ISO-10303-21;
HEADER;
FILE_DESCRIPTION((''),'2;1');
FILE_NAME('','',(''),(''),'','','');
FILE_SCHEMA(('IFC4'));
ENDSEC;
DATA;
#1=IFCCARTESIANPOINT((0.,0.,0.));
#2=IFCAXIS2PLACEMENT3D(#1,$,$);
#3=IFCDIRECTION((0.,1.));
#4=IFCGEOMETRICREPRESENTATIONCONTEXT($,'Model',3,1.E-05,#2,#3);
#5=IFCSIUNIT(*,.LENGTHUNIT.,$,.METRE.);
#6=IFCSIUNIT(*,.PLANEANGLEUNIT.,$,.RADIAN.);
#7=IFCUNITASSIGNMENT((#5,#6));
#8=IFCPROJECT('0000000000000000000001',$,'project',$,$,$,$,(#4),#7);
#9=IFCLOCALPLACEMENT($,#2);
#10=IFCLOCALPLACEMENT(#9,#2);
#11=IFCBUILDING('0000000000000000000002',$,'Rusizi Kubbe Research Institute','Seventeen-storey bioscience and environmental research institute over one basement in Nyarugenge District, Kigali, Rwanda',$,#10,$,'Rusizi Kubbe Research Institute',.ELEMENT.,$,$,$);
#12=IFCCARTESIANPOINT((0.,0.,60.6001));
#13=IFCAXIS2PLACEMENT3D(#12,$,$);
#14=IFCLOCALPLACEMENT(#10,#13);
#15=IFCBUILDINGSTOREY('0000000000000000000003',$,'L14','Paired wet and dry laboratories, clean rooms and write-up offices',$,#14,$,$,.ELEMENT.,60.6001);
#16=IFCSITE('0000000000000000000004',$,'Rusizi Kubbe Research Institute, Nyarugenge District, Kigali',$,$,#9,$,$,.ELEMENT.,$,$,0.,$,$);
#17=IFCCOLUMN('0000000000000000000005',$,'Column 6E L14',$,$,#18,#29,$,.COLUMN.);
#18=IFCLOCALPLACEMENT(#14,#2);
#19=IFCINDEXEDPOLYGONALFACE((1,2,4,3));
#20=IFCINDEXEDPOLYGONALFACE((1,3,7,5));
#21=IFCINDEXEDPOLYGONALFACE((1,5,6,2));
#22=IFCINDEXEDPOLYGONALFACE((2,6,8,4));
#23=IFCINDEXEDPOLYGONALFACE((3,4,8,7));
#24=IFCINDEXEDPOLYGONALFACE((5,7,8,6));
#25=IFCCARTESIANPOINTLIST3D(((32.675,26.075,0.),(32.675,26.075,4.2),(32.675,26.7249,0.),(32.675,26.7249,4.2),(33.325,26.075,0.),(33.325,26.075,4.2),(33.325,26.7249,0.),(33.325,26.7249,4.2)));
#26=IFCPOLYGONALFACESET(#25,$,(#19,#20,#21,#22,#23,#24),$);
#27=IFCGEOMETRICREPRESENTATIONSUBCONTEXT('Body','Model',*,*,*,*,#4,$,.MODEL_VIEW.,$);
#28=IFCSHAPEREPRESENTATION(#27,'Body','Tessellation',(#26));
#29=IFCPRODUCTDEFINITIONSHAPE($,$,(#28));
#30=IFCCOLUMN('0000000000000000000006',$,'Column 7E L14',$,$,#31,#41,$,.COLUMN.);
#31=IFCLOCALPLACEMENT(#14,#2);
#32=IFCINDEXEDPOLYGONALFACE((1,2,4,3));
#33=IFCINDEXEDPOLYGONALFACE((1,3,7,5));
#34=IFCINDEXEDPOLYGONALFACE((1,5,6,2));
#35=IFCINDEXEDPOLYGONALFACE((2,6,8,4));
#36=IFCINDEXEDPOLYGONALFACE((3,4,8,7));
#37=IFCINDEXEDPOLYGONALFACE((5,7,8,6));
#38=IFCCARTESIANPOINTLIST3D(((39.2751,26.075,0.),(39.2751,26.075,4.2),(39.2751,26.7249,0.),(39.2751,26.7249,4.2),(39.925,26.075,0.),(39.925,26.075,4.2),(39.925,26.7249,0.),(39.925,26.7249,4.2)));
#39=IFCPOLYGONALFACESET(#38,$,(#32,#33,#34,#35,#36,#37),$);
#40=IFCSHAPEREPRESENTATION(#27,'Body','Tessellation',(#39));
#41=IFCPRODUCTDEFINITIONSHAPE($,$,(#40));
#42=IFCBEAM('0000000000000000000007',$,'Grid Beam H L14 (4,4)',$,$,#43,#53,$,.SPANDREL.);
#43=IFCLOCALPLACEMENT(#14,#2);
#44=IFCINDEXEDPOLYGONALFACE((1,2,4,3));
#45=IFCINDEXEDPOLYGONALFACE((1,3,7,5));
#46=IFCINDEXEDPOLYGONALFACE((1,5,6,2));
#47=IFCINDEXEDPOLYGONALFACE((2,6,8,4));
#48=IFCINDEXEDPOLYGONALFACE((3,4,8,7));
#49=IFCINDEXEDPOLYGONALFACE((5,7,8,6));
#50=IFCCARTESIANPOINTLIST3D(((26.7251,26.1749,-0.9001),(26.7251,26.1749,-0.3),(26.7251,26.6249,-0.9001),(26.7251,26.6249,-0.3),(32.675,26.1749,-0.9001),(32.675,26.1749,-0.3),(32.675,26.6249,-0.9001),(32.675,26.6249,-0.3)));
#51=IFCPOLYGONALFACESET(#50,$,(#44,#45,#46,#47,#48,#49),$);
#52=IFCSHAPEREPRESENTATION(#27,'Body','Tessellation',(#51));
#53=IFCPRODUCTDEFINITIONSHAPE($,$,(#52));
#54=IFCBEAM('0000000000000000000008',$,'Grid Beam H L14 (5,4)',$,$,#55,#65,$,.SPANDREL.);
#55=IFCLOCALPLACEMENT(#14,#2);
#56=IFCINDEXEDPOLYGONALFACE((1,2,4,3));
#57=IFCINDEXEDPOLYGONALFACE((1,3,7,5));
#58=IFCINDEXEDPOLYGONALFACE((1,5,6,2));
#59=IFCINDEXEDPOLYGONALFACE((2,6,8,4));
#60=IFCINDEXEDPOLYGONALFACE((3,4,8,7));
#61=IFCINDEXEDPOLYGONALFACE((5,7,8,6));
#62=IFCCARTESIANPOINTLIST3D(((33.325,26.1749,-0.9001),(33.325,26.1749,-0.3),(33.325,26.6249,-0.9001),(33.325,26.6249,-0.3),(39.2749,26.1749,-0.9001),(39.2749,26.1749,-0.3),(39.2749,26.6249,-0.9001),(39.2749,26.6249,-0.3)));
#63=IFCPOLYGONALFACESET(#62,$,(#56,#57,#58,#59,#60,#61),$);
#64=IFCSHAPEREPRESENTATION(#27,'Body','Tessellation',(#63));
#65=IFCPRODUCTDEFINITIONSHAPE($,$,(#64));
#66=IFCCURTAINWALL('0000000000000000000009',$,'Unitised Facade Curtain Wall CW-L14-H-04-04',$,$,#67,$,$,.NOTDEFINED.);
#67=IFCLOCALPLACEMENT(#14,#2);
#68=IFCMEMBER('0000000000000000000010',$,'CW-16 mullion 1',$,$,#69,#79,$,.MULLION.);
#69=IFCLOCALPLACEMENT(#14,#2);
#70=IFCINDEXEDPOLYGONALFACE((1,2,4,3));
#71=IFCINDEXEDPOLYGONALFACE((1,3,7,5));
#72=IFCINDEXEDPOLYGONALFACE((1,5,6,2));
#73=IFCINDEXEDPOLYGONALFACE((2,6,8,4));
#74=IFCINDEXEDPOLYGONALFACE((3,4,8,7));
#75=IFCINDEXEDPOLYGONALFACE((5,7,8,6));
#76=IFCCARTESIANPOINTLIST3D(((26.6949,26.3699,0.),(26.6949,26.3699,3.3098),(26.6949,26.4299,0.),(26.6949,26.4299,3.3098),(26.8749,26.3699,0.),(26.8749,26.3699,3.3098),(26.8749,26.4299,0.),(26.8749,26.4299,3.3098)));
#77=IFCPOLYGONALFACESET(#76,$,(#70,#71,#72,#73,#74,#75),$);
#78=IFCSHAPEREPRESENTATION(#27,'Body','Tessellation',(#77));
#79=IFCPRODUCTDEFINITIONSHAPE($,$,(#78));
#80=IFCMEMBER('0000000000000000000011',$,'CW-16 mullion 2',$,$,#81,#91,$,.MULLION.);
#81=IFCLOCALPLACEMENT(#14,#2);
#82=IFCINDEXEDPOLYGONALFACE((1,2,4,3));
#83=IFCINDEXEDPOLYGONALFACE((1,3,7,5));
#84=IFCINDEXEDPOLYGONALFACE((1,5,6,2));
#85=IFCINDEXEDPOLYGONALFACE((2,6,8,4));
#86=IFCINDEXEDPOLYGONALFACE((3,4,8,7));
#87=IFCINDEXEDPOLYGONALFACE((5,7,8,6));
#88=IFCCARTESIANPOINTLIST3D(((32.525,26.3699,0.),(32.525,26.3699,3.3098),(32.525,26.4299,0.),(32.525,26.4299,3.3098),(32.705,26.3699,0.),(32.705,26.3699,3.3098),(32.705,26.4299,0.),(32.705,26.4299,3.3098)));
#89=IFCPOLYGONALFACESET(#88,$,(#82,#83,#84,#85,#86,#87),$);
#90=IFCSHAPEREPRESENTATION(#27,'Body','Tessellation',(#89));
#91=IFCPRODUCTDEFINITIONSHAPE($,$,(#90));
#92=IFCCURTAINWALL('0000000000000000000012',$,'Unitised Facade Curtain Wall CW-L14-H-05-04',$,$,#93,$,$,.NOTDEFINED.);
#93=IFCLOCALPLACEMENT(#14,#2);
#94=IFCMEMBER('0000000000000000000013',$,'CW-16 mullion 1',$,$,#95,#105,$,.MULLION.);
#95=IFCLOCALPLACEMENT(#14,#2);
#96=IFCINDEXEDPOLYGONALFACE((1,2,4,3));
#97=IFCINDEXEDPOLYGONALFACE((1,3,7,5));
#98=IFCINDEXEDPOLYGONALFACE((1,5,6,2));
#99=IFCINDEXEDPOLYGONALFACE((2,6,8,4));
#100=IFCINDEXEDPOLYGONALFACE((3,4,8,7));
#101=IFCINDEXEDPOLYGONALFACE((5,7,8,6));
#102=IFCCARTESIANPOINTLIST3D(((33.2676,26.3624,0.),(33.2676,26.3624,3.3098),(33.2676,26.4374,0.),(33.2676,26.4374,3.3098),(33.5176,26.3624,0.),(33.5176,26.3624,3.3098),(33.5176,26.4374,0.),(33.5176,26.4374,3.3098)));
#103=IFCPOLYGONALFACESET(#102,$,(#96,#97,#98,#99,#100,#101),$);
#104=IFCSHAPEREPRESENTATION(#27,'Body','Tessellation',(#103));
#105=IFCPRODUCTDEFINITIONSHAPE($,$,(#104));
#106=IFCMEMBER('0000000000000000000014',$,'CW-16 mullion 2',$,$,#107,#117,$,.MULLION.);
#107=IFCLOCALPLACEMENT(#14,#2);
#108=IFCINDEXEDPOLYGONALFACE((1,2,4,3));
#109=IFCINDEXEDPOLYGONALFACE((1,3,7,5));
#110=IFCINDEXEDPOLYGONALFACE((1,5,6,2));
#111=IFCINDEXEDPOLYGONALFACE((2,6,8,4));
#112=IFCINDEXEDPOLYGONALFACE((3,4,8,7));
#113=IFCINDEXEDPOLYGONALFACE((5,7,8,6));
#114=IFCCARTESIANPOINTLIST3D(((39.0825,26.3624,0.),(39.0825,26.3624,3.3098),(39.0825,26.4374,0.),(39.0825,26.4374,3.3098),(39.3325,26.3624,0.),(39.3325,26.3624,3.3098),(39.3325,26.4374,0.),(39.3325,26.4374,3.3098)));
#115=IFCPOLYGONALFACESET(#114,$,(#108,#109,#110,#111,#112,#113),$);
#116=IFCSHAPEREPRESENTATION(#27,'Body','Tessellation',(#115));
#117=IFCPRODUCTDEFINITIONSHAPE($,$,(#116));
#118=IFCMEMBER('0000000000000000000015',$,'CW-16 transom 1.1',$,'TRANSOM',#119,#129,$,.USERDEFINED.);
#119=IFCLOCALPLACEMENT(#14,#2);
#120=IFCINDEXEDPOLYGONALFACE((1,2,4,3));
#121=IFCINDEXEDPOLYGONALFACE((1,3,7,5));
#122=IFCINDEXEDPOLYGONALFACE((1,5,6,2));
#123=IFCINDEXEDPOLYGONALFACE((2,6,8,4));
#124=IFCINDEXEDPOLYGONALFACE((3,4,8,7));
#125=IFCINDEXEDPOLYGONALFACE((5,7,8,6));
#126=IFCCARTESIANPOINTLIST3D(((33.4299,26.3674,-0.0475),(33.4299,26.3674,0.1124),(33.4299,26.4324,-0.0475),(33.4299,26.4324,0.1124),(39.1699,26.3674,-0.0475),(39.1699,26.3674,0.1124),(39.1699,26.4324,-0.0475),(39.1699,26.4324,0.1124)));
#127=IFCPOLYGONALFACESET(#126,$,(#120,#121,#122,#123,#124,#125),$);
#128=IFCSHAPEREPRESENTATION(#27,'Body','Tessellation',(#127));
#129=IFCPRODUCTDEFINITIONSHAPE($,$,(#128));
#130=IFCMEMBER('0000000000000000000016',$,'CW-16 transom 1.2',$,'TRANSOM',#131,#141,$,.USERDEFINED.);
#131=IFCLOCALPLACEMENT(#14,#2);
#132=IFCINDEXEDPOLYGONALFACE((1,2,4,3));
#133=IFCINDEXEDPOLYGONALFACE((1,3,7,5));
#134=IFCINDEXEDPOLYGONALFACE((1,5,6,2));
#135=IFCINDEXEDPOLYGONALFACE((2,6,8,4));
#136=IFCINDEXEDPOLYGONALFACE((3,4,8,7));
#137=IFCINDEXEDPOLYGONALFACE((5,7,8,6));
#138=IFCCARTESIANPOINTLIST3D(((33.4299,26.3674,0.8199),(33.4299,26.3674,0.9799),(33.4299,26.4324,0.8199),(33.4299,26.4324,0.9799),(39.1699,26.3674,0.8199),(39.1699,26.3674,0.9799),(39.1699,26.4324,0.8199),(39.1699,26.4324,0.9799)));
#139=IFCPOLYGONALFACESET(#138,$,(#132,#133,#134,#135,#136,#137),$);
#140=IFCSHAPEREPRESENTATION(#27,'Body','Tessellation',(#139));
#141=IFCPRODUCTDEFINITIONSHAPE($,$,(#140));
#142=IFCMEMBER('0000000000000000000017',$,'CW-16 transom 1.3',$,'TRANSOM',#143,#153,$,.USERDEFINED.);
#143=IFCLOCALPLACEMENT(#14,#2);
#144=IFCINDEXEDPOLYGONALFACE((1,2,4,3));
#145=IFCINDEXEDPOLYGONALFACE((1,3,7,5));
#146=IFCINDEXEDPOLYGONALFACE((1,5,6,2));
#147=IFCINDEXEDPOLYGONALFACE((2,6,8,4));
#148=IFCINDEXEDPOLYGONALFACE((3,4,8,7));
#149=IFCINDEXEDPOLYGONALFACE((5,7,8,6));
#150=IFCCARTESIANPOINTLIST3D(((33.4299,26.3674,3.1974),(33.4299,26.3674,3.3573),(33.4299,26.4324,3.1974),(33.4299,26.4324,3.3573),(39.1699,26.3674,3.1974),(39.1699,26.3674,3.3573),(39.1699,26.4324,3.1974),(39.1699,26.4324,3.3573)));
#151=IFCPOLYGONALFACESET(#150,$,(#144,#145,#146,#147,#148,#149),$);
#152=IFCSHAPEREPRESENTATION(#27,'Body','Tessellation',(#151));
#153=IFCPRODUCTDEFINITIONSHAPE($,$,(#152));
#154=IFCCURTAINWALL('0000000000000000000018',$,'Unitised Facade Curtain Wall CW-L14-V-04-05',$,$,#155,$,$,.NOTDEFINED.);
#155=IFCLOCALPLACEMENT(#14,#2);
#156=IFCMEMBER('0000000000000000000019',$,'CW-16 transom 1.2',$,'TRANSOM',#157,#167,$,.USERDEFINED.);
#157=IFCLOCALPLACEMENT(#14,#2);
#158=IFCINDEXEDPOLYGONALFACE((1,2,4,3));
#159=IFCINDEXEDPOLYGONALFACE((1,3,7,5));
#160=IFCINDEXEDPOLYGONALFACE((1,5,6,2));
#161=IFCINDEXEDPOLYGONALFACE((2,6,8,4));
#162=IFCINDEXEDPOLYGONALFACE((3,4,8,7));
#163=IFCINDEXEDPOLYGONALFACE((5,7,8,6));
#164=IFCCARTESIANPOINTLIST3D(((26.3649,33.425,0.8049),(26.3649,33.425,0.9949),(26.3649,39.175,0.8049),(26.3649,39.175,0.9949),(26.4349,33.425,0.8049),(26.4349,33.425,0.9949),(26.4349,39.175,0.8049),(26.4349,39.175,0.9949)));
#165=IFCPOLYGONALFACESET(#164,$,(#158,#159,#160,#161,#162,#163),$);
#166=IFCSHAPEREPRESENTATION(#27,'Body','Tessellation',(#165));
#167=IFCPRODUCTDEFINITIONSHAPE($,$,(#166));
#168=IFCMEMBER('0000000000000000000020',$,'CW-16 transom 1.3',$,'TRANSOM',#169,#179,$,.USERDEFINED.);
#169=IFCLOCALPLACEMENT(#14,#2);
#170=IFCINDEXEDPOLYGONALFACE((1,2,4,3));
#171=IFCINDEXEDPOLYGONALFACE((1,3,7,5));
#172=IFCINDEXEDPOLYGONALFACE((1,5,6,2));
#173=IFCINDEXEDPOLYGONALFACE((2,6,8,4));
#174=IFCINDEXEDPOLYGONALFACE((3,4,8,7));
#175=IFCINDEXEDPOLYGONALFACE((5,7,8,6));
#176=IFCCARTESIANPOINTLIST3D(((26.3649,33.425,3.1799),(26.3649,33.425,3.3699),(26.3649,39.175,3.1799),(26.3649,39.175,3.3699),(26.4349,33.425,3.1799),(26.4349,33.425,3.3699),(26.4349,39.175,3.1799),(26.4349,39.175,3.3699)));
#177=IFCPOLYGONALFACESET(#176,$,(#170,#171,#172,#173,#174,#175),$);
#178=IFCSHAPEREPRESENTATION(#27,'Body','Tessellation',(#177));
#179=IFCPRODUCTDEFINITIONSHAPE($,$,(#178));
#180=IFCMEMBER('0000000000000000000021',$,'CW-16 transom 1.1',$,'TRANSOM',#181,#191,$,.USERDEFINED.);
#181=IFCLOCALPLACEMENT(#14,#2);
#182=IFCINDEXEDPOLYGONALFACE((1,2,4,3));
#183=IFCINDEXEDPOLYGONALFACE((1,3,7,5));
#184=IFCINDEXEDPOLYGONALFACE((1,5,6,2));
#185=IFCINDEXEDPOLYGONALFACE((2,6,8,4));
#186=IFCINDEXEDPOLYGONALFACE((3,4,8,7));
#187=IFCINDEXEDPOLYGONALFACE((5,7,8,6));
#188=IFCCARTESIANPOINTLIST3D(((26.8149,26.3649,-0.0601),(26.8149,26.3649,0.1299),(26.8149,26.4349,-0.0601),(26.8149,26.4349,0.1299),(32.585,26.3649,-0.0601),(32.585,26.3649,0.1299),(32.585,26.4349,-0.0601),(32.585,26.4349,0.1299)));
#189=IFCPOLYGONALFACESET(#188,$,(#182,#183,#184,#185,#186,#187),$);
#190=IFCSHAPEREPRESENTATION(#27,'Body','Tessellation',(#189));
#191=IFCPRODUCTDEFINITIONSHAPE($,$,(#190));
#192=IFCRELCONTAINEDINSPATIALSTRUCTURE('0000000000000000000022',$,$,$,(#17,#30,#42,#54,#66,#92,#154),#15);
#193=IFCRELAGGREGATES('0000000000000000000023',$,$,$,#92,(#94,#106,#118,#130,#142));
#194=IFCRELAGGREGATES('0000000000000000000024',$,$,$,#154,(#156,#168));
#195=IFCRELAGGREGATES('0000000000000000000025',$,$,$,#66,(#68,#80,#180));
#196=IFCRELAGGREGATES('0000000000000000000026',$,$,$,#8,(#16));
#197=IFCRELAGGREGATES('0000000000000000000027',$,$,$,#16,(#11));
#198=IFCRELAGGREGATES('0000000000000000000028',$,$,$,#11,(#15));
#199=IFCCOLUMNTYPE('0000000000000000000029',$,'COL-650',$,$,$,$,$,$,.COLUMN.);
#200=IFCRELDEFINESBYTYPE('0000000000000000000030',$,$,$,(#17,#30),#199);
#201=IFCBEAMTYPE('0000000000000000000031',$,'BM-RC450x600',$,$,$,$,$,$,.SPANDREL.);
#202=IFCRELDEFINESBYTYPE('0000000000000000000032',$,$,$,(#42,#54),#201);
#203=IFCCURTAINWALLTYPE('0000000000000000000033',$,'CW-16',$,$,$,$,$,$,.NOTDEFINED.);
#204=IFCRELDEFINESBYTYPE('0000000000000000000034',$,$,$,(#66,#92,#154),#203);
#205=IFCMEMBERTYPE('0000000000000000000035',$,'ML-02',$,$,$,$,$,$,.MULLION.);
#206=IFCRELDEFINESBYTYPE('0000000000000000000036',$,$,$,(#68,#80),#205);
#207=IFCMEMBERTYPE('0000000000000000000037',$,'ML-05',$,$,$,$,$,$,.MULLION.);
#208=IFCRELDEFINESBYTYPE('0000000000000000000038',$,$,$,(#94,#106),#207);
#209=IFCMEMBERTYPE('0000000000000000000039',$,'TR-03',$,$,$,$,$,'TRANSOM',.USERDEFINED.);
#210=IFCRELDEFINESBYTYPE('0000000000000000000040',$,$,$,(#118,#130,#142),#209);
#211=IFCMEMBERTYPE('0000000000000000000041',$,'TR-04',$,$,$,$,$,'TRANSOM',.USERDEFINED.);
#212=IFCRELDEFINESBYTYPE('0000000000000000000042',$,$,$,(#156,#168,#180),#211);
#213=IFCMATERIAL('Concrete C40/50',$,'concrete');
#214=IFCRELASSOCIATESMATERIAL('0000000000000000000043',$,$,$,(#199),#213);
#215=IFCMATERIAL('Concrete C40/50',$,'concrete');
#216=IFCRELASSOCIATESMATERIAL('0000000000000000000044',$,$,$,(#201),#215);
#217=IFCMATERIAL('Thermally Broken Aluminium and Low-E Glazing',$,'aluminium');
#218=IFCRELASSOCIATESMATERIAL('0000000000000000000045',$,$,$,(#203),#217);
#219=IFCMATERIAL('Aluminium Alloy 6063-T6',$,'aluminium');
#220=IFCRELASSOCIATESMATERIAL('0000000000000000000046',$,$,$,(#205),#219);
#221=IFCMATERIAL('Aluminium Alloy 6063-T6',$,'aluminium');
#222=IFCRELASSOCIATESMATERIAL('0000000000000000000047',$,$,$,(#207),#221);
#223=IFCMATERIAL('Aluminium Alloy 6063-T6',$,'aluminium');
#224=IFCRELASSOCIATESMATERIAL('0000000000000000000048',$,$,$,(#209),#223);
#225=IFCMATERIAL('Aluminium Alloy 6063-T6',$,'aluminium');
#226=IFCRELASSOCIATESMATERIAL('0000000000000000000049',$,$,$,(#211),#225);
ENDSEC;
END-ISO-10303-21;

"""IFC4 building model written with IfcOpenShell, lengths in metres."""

from ifc_helpers import new_model, si_unit, direction, frame, origin, origin_2d, place, context, subcontext, project, spatial, rectangle, extrude, material, material_profile, profile_set, type_object, element, aggregate, save


model = new_model("IFC4")

# Units and contexts
model_context = context("Model", 3, precision=1e-05, world=origin(), true_north=direction((0.0, 1.0)))
body_context = subcontext(model_context, "Body", "Model", "MODEL_VIEW")
ifc_project = project(units=[si_unit("LENGTHUNIT", "METRE"), si_unit("PLANEANGLEUNIT", "RADIAN")], contexts=[model_context])

# Site, building, storey
site_placement = place(None, origin())
site = spatial("IfcSite", under=ifc_project, at=site_placement, Name="Rusizi Kubbe Research Institute, Nyarugenge District, Kigali", CompositionType="ELEMENT", RefElevation=0.0)
building_placement = place(site_placement, origin())
building = spatial("IfcBuilding", under=site, at=building_placement, Name="Rusizi Kubbe Research Institute", Description="Seventeen-storey bioscience and environmental research institute over one basement in Nyarugenge District, Kigali, Rwanda", LongName="Rusizi Kubbe Research Institute", CompositionType="ELEMENT")
storey_placement = place(building_placement, frame((0.0, 0.0, 60.6001)))
storey = spatial("IfcBuildingStorey", under=building, at=storey_placement, Name="L14", Description="Paired wet and dry laboratories, clean rooms and write-up offices", CompositionType="ELEMENT", Elevation=60.6001)

# Columns
ifc_material_1 = material(Name="Concrete C40/50", Category="concrete")
ifc_material_profile_1 = material_profile(ifc_material_1, rectangle(XDim=0.6499, YDim=0.6499, at=origin_2d()), Name="RC650x650")
ifc_profile_set_1 = profile_set([ifc_material_profile_1], Name="Concrete C40/50")
column_type = type_object("IfcColumnType", Name="COL-650", PredefinedType="COLUMN", material=ifc_profile_set_1)
for number, where, z_axis, x_axis, name in (
    (1, (33.0, 26.3999, 0.0), (0.0, 0.0, 1.0), (1.0, 0.0, 0.0), "Column 6E L14"),
    (2, (39.6001, 26.3999, 0.0), (0.0, 0.0, 1.0), (1.0, 0.0, 0.0), "Column 7E L14"),
):
    element("IfcColumn", number, at=place(storey_placement, frame(where, z_axis=z_axis, x_axis=x_axis)), inside=storey, type_object=column_type, Name=name, PredefinedType="COLUMN", context=body_context, shape_type="SweptSolid", body=[
        extrude(rectangle(XDim=0.6499, YDim=0.6499, at=origin_2d()), origin(), (0.0, 0.0, 1.0), 4.2),
    ])

# Beams
ifc_material_2 = material(Name="Concrete C40/50", Category="concrete")
ifc_material_profile_2 = material_profile(ifc_material_2, rectangle(XDim=0.45, YDim=0.6001, at=origin_2d()), Name="RC450x600")
ifc_profile_set_2 = profile_set([ifc_material_profile_2], Name="Concrete C40/50")
beam_type = type_object("IfcBeamType", Name="BM-RC450x600", PredefinedType="SPANDREL", material=ifc_profile_set_2)
for number, where, z_axis, x_axis, name in (
    (3, (26.7251, 26.3999, -0.6001), (1.0, 0.0, 0.0), (0.0, 1.0, 0.0), "Grid Beam H L14 (4,4)"),
    (4, (33.325, 26.3999, -0.6001), (1.0, 0.0, 0.0), (0.0, 1.0, 0.0), "Grid Beam H L14 (5,4)"),
):
    element("IfcBeam", number, at=place(storey_placement, frame(where, z_axis=z_axis, x_axis=x_axis)), inside=storey, type_object=beam_type, Name=name, PredefinedType="SPANDREL", context=body_context, shape_type="SweptSolid", body=[
        extrude(rectangle(XDim=0.45, YDim=0.6001, at=origin_2d()), origin(), (0.0, 0.0, 1.0), 5.95),
    ])

# Curtain walls, members
ifc_material_3 = material(Name="Thermally Broken Aluminium and Low-E Glazing", Category="aluminium")
curtain_wall_type = type_object("IfcCurtainWallType", Name="CW-16", PredefinedType="NOTDEFINED", material=ifc_material_3)
curtain_wall_1_placement = place(storey_placement, origin())
curtain_wall_1 = element("IfcCurtainWall", 5, at=curtain_wall_1_placement, inside=storey, type_object=curtain_wall_type, Name="Unitised Facade Curtain Wall CW-L14-H-04-04", PredefinedType="NOTDEFINED")
ifc_material_4 = material(Name="Aluminium Alloy 6063-T6", Category="aluminium")
ifc_material_profile_3 = material_profile(ifc_material_4, rectangle(XDim=0.0601, YDim=0.1799, at=origin_2d()), Name="ALU-M 60x180")
ifc_profile_set_3 = profile_set([ifc_material_profile_3], Name="Aluminium Alloy 6063-T6")
member_type_1 = type_object("IfcMemberType", Name="ML-02", PredefinedType="MULLION", material=ifc_profile_set_3)
member_1_placement = place(storey_placement, frame((26.7849, 26.3999, 0.0), z_axis=(0.0, 0.0, 1.0), x_axis=(0.0, 1.0, 0.0)))
member_1 = element("IfcMember", 6, at=member_1_placement, type_object=member_type_1, Name="CW-16 mullion 1", PredefinedType="MULLION", context=body_context, shape_type="SweptSolid", body=[
    extrude(rectangle(XDim=0.0601, YDim=0.1799, at=origin_2d()), origin(), (0.0, 0.0, 1.0), 3.3098),
])
member_2_placement = place(storey_placement, frame((32.615, 26.3999, 0.0), z_axis=(0.0, 0.0, 1.0), x_axis=(0.0, 1.0, 0.0)))
member_2 = element("IfcMember", 7, at=member_2_placement, type_object=member_type_1, Name="CW-16 mullion 2", PredefinedType="MULLION", context=body_context, shape_type="SweptSolid", body=[
    extrude(rectangle(XDim=0.0601, YDim=0.1799, at=origin_2d()), origin(), (0.0, 0.0, 1.0), 3.3098),
])
curtain_wall_2_placement = place(storey_placement, origin())
curtain_wall_2 = element("IfcCurtainWall", 8, at=curtain_wall_2_placement, inside=storey, type_object=curtain_wall_type, Name="Unitised Facade Curtain Wall CW-L14-H-05-04", PredefinedType="NOTDEFINED")
ifc_material_5 = material(Name="Aluminium Alloy 6063-T6", Category="aluminium")
ifc_material_profile_4 = material_profile(ifc_material_5, rectangle(XDim=0.075, YDim=0.25, at=origin_2d()), Name="ALU-M 75x250")
ifc_profile_set_4 = profile_set([ifc_material_profile_4], Name="Aluminium Alloy 6063-T6")
member_type_2 = type_object("IfcMemberType", Name="ML-05", PredefinedType="MULLION", material=ifc_profile_set_4)
member_3_placement = place(storey_placement, frame((33.3926, 26.3999, 0.0), z_axis=(0.0, 0.0, 1.0), x_axis=(0.0, 1.0, 0.0)))
member_3 = element("IfcMember", 9, at=member_3_placement, type_object=member_type_2, Name="CW-16 mullion 1", PredefinedType="MULLION", context=body_context, shape_type="SweptSolid", body=[
    extrude(rectangle(XDim=0.075, YDim=0.25, at=origin_2d()), origin(), (0.0, 0.0, 1.0), 3.3098),
])
member_4_placement = place(storey_placement, frame((39.2075, 26.3999, 0.0), z_axis=(0.0, 0.0, 1.0), x_axis=(0.0, 1.0, 0.0)))
member_4 = element("IfcMember", 10, at=member_4_placement, type_object=member_type_2, Name="CW-16 mullion 2", PredefinedType="MULLION", context=body_context, shape_type="SweptSolid", body=[
    extrude(rectangle(XDim=0.075, YDim=0.25, at=origin_2d()), origin(), (0.0, 0.0, 1.0), 3.3098),
])
ifc_material_6 = material(Name="Aluminium Alloy 6063-T6", Category="aluminium")
ifc_material_profile_5 = material_profile(ifc_material_6, rectangle(XDim=0.0649, YDim=0.1599, at=origin_2d()), Name="ALU-T 65x160")
ifc_profile_set_5 = profile_set([ifc_material_profile_5], Name="Aluminium Alloy 6063-T6")
member_type_3 = type_object("IfcMemberType", Name="TR-03", ElementType="TRANSOM", PredefinedType="USERDEFINED", material=ifc_profile_set_5)
member_5_placement = place(storey_placement, frame((33.4299, 26.3999, 0.0325), z_axis=(1.0, 0.0, 0.0), x_axis=(0.0, 1.0, 0.0)))
member_5 = element("IfcMember", 11, at=member_5_placement, type_object=member_type_3, Name="CW-16 transom 1.1", ObjectType="TRANSOM", PredefinedType="USERDEFINED", context=body_context, shape_type="SweptSolid", body=[
    extrude(rectangle(XDim=0.0649, YDim=0.1599, at=origin_2d()), origin(), (0.0, 0.0, 1.0), 5.74),
])
member_6_placement = place(storey_placement, frame((33.4299, 26.3999, 0.8999), z_axis=(1.0, 0.0, 0.0), x_axis=(0.0, 1.0, 0.0)))
member_6 = element("IfcMember", 12, at=member_6_placement, type_object=member_type_3, Name="CW-16 transom 1.2", ObjectType="TRANSOM", PredefinedType="USERDEFINED", context=body_context, shape_type="SweptSolid", body=[
    extrude(rectangle(XDim=0.0649, YDim=0.1599, at=origin_2d()), origin(), (0.0, 0.0, 1.0), 5.74),
])
member_7_placement = place(storey_placement, frame((33.4299, 26.3999, 3.2773), z_axis=(1.0, 0.0, 0.0), x_axis=(0.0, 1.0, 0.0)))
member_7 = element("IfcMember", 13, at=member_7_placement, type_object=member_type_3, Name="CW-16 transom 1.3", ObjectType="TRANSOM", PredefinedType="USERDEFINED", context=body_context, shape_type="SweptSolid", body=[
    extrude(rectangle(XDim=0.0649, YDim=0.1599, at=origin_2d()), origin(), (0.0, 0.0, 1.0), 5.74),
])
curtain_wall_3_placement = place(storey_placement, origin())
curtain_wall_3 = element("IfcCurtainWall", 14, at=curtain_wall_3_placement, inside=storey, type_object=curtain_wall_type, Name="Unitised Facade Curtain Wall CW-L14-V-04-05", PredefinedType="NOTDEFINED")
ifc_material_7 = material(Name="Aluminium Alloy 6063-T6", Category="aluminium")
ifc_material_profile_6 = material_profile(ifc_material_7, rectangle(XDim=0.0701, YDim=0.1899, at=origin_2d()), Name="ALU-T 70x190")
ifc_profile_set_6 = profile_set([ifc_material_profile_6], Name="Aluminium Alloy 6063-T6")
member_type_4 = type_object("IfcMemberType", Name="TR-04", ElementType="TRANSOM", PredefinedType="USERDEFINED", material=ifc_profile_set_6)
member_8_placement = place(storey_placement, frame((26.3999, 33.425, 0.8999), z_axis=(0.0, 1.0, 0.0), x_axis=(-1.0, 0.0, 0.0)))
member_8 = element("IfcMember", 15, at=member_8_placement, type_object=member_type_4, Name="CW-16 transom 1.2", ObjectType="TRANSOM", PredefinedType="USERDEFINED", context=body_context, shape_type="SweptSolid", body=[
    extrude(rectangle(XDim=0.0701, YDim=0.1899, at=origin_2d()), origin(), (0.0, 0.0, 1.0), 5.75),
])
member_9_placement = place(storey_placement, frame((26.3999, 33.425, 3.2749), z_axis=(0.0, 1.0, 0.0), x_axis=(-1.0, 0.0, 0.0)))
member_9 = element("IfcMember", 16, at=member_9_placement, type_object=member_type_4, Name="CW-16 transom 1.3", ObjectType="TRANSOM", PredefinedType="USERDEFINED", context=body_context, shape_type="SweptSolid", body=[
    extrude(rectangle(XDim=0.0701, YDim=0.1899, at=origin_2d()), origin(), (0.0, 0.0, 1.0), 5.75),
])

# Member
member_10_placement = place(storey_placement, frame((26.8149, 26.3999, 0.0349), z_axis=(1.0, 0.0, 0.0), x_axis=(0.0, 1.0, 0.0)))
member_10 = element("IfcMember", 17, at=member_10_placement, type_object=member_type_4, Name="CW-16 transom 1.1", ObjectType="TRANSOM", PredefinedType="USERDEFINED", context=body_context, shape_type="SweptSolid", body=[
    extrude(rectangle(XDim=0.0701, YDim=0.1899, at=origin_2d()), origin(), (0.0, 0.0, 1.0), 5.77),
])

aggregate(curtain_wall_2, [member_3, member_4, member_5, member_6, member_7])
aggregate(curtain_wall_3, [member_8, member_9])
aggregate(curtain_wall_1, [member_1, member_2, member_10])

save(model, "model.ifc")
